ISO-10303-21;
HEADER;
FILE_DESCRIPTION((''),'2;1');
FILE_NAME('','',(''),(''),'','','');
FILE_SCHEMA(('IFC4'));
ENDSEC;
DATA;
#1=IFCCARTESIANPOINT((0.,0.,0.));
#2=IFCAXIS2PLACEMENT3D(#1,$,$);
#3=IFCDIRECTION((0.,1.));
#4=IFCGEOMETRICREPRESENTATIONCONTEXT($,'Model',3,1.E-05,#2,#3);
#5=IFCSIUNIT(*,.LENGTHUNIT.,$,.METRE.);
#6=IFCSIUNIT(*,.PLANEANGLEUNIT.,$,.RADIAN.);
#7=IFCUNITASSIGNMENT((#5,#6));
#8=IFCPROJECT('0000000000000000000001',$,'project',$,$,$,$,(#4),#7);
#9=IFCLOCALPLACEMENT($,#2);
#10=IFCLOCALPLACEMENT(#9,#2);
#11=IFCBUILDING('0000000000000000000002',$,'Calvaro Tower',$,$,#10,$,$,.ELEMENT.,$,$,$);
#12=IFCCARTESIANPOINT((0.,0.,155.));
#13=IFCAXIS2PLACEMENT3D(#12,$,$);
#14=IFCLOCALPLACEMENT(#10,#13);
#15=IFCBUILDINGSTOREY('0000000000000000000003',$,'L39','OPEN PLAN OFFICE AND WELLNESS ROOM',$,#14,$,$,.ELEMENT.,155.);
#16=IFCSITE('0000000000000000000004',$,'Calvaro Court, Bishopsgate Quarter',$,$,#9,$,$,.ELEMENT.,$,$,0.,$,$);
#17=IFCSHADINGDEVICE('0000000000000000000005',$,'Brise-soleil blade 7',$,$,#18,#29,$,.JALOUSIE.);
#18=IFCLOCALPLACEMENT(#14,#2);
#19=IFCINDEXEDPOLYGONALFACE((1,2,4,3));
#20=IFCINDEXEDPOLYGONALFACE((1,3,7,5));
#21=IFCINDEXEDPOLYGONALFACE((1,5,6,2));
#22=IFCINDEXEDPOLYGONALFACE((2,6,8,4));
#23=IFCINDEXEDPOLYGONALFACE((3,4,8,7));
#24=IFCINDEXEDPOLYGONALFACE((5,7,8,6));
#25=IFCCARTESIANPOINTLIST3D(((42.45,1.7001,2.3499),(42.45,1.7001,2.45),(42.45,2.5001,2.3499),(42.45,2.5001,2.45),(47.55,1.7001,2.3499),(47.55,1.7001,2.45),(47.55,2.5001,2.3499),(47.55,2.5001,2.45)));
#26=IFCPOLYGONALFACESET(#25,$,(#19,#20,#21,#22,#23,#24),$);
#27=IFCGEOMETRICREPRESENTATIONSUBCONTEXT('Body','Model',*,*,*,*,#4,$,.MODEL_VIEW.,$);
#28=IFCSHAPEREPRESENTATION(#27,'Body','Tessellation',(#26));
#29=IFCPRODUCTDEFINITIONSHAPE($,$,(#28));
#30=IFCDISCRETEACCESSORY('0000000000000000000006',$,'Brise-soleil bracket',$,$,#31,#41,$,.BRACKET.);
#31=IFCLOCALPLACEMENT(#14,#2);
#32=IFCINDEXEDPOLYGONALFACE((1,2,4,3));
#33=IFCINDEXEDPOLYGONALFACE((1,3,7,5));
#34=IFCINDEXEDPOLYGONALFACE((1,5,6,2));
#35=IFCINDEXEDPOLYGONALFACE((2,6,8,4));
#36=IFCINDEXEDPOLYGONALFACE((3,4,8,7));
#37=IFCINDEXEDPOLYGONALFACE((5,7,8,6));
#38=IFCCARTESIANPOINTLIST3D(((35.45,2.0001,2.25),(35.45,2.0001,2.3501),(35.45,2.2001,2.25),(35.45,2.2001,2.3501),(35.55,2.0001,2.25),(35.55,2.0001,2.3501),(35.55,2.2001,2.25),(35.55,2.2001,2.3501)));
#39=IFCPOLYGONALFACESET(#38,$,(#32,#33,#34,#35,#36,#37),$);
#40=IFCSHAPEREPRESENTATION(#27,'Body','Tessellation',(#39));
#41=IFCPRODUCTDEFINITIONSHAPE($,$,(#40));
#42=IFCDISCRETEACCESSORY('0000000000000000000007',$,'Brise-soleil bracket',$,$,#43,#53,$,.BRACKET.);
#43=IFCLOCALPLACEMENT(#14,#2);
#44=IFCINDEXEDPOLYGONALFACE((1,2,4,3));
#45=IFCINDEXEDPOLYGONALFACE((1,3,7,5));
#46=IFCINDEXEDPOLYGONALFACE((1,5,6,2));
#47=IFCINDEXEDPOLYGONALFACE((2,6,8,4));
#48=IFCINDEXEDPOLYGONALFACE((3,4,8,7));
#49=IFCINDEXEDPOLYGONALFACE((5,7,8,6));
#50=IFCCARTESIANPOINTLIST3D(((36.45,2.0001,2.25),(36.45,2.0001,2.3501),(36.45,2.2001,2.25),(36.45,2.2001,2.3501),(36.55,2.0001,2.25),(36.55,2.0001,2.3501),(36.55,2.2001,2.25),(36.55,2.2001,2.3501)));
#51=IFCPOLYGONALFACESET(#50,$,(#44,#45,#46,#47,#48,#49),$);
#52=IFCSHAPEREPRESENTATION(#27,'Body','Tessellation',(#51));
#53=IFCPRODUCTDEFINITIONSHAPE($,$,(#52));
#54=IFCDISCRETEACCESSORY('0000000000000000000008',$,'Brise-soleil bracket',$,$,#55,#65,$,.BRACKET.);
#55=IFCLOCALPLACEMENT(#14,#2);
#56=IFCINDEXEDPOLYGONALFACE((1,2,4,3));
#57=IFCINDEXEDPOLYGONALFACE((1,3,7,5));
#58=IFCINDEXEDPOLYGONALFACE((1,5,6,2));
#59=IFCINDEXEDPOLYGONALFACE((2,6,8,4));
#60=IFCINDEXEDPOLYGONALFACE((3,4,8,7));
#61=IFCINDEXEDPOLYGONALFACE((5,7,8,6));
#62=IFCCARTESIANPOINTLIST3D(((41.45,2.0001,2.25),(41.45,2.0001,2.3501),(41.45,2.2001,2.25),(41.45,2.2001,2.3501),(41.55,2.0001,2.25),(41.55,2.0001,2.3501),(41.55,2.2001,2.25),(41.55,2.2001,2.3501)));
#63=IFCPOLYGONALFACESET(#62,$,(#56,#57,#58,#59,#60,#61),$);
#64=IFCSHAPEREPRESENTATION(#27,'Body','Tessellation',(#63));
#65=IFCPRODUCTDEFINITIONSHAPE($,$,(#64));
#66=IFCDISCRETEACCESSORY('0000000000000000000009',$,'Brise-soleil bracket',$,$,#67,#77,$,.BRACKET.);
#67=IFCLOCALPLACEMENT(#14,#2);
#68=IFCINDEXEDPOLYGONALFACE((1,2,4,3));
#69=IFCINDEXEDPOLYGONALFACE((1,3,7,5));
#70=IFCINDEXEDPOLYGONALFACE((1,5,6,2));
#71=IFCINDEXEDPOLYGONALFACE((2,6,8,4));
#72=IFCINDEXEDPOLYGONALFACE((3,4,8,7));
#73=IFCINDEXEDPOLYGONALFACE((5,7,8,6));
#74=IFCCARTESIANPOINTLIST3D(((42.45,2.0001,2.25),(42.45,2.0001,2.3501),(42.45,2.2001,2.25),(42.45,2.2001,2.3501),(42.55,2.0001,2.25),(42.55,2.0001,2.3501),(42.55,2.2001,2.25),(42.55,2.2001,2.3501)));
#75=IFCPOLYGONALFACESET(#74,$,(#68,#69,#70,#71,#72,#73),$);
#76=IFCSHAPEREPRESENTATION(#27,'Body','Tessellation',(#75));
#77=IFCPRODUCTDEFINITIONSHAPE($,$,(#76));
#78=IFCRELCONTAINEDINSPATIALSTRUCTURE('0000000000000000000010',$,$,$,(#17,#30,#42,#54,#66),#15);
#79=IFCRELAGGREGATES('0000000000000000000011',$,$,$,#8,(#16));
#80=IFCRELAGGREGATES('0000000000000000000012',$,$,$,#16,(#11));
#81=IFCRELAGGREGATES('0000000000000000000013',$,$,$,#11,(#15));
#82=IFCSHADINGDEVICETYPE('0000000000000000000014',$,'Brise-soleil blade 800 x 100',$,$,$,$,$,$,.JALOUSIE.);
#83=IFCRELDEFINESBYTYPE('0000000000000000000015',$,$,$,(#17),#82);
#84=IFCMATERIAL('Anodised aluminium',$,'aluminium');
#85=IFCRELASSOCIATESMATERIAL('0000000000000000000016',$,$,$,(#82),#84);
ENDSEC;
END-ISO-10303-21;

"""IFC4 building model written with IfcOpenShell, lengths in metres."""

from ifc_helpers import new_model, si_unit, direction, frame, origin, origin_2d, place, context, subcontext, project, spatial, rectangle, extrude, material, material_profile, profile_set, type_object, element, save


model = new_model("IFC4")

# Units and contexts
model_context = context("Model", 3, precision=1e-05, world=origin(), true_north=direction((0.0, 1.0)))
body_context = subcontext(model_context, "Body", "Model", "MODEL_VIEW")
ifc_project = project(units=[si_unit("LENGTHUNIT", "METRE"), si_unit("PLANEANGLEUNIT", "RADIAN")], contexts=[model_context])

# Site, building, storey
site_placement = place(None, origin())
site = spatial("IfcSite", under=ifc_project, at=site_placement, Name="Calvaro Court, Bishopsgate Quarter", CompositionType="ELEMENT", RefElevation=0.0)
building_placement = place(site_placement, origin())
building = spatial("IfcBuilding", under=site, at=building_placement, Name="Calvaro Tower", CompositionType="ELEMENT")
storey_placement = place(building_placement, frame((0.0, 0.0, 155.0)))
storey = spatial("IfcBuildingStorey", under=building, at=storey_placement, Name="L39", Description="OPEN PLAN OFFICE AND WELLNESS ROOM", CompositionType="ELEMENT", Elevation=155.0)

# Shading device
ifc_material_1 = material(Name="Anodised aluminium", Category="aluminium")
ifc_material_profile_1 = material_profile(ifc_material_1, rectangle(XDim=0.8, YDim=0.1001, at=origin_2d()), Name="Brise-soleil blade 800 x 100")
ifc_profile_set_1 = profile_set([ifc_material_profile_1], Name="Anodised aluminium")
shading_device_type = type_object("IfcShadingDeviceType", Name="Brise-soleil blade 800 x 100", PredefinedType="JALOUSIE", material=ifc_profile_set_1)
for number, where, z_axis, x_axis, name in (
    (1, (42.45, 2.1001, 2.3999), (1.0, 0.0, 0.0), (0.0, 1.0, 0.0), "Brise-soleil blade 7"),
):
    element("IfcShadingDevice", number, at=place(storey_placement, frame(where, z_axis=z_axis, x_axis=x_axis)), inside=storey, type_object=shading_device_type, Name=name, PredefinedType="JALOUSIE", context=body_context, shape_type="SweptSolid", body=[
        extrude(rectangle(XDim=0.8, YDim=0.1001, at=origin_2d()), origin(), (0.0, 0.0, 1.0), 5.1001),
    ])

# Discrete accessories
for number, where, z_axis, x_axis, name in (
    (2, (35.5, 2.1001, 2.25), (0.0, 0.0, 1.0), (1.0, 0.0, 0.0), "Brise-soleil bracket"),
    (3, (36.5, 2.1001, 2.25), (0.0, 0.0, 1.0), (1.0, 0.0, 0.0), "Brise-soleil bracket"),
    (4, (41.5, 2.1001, 2.25), (0.0, 0.0, 1.0), (1.0, 0.0, 0.0), "Brise-soleil bracket"),
    (5, (42.5, 2.1001, 2.25), (0.0, 0.0, 1.0), (1.0, 0.0, 0.0), "Brise-soleil bracket"),
):
    element("IfcDiscreteAccessory", number, at=place(storey_placement, frame(where, z_axis=z_axis, x_axis=x_axis)), inside=storey, Name=name, PredefinedType="BRACKET", context=body_context, shape_type="SweptSolid", body=[
        extrude(rectangle(XDim=0.1001, YDim=0.2, at=origin_2d()), origin(), (0.0, 0.0, 1.0), 0.1001),
    ])

save(model, "model.ifc")
